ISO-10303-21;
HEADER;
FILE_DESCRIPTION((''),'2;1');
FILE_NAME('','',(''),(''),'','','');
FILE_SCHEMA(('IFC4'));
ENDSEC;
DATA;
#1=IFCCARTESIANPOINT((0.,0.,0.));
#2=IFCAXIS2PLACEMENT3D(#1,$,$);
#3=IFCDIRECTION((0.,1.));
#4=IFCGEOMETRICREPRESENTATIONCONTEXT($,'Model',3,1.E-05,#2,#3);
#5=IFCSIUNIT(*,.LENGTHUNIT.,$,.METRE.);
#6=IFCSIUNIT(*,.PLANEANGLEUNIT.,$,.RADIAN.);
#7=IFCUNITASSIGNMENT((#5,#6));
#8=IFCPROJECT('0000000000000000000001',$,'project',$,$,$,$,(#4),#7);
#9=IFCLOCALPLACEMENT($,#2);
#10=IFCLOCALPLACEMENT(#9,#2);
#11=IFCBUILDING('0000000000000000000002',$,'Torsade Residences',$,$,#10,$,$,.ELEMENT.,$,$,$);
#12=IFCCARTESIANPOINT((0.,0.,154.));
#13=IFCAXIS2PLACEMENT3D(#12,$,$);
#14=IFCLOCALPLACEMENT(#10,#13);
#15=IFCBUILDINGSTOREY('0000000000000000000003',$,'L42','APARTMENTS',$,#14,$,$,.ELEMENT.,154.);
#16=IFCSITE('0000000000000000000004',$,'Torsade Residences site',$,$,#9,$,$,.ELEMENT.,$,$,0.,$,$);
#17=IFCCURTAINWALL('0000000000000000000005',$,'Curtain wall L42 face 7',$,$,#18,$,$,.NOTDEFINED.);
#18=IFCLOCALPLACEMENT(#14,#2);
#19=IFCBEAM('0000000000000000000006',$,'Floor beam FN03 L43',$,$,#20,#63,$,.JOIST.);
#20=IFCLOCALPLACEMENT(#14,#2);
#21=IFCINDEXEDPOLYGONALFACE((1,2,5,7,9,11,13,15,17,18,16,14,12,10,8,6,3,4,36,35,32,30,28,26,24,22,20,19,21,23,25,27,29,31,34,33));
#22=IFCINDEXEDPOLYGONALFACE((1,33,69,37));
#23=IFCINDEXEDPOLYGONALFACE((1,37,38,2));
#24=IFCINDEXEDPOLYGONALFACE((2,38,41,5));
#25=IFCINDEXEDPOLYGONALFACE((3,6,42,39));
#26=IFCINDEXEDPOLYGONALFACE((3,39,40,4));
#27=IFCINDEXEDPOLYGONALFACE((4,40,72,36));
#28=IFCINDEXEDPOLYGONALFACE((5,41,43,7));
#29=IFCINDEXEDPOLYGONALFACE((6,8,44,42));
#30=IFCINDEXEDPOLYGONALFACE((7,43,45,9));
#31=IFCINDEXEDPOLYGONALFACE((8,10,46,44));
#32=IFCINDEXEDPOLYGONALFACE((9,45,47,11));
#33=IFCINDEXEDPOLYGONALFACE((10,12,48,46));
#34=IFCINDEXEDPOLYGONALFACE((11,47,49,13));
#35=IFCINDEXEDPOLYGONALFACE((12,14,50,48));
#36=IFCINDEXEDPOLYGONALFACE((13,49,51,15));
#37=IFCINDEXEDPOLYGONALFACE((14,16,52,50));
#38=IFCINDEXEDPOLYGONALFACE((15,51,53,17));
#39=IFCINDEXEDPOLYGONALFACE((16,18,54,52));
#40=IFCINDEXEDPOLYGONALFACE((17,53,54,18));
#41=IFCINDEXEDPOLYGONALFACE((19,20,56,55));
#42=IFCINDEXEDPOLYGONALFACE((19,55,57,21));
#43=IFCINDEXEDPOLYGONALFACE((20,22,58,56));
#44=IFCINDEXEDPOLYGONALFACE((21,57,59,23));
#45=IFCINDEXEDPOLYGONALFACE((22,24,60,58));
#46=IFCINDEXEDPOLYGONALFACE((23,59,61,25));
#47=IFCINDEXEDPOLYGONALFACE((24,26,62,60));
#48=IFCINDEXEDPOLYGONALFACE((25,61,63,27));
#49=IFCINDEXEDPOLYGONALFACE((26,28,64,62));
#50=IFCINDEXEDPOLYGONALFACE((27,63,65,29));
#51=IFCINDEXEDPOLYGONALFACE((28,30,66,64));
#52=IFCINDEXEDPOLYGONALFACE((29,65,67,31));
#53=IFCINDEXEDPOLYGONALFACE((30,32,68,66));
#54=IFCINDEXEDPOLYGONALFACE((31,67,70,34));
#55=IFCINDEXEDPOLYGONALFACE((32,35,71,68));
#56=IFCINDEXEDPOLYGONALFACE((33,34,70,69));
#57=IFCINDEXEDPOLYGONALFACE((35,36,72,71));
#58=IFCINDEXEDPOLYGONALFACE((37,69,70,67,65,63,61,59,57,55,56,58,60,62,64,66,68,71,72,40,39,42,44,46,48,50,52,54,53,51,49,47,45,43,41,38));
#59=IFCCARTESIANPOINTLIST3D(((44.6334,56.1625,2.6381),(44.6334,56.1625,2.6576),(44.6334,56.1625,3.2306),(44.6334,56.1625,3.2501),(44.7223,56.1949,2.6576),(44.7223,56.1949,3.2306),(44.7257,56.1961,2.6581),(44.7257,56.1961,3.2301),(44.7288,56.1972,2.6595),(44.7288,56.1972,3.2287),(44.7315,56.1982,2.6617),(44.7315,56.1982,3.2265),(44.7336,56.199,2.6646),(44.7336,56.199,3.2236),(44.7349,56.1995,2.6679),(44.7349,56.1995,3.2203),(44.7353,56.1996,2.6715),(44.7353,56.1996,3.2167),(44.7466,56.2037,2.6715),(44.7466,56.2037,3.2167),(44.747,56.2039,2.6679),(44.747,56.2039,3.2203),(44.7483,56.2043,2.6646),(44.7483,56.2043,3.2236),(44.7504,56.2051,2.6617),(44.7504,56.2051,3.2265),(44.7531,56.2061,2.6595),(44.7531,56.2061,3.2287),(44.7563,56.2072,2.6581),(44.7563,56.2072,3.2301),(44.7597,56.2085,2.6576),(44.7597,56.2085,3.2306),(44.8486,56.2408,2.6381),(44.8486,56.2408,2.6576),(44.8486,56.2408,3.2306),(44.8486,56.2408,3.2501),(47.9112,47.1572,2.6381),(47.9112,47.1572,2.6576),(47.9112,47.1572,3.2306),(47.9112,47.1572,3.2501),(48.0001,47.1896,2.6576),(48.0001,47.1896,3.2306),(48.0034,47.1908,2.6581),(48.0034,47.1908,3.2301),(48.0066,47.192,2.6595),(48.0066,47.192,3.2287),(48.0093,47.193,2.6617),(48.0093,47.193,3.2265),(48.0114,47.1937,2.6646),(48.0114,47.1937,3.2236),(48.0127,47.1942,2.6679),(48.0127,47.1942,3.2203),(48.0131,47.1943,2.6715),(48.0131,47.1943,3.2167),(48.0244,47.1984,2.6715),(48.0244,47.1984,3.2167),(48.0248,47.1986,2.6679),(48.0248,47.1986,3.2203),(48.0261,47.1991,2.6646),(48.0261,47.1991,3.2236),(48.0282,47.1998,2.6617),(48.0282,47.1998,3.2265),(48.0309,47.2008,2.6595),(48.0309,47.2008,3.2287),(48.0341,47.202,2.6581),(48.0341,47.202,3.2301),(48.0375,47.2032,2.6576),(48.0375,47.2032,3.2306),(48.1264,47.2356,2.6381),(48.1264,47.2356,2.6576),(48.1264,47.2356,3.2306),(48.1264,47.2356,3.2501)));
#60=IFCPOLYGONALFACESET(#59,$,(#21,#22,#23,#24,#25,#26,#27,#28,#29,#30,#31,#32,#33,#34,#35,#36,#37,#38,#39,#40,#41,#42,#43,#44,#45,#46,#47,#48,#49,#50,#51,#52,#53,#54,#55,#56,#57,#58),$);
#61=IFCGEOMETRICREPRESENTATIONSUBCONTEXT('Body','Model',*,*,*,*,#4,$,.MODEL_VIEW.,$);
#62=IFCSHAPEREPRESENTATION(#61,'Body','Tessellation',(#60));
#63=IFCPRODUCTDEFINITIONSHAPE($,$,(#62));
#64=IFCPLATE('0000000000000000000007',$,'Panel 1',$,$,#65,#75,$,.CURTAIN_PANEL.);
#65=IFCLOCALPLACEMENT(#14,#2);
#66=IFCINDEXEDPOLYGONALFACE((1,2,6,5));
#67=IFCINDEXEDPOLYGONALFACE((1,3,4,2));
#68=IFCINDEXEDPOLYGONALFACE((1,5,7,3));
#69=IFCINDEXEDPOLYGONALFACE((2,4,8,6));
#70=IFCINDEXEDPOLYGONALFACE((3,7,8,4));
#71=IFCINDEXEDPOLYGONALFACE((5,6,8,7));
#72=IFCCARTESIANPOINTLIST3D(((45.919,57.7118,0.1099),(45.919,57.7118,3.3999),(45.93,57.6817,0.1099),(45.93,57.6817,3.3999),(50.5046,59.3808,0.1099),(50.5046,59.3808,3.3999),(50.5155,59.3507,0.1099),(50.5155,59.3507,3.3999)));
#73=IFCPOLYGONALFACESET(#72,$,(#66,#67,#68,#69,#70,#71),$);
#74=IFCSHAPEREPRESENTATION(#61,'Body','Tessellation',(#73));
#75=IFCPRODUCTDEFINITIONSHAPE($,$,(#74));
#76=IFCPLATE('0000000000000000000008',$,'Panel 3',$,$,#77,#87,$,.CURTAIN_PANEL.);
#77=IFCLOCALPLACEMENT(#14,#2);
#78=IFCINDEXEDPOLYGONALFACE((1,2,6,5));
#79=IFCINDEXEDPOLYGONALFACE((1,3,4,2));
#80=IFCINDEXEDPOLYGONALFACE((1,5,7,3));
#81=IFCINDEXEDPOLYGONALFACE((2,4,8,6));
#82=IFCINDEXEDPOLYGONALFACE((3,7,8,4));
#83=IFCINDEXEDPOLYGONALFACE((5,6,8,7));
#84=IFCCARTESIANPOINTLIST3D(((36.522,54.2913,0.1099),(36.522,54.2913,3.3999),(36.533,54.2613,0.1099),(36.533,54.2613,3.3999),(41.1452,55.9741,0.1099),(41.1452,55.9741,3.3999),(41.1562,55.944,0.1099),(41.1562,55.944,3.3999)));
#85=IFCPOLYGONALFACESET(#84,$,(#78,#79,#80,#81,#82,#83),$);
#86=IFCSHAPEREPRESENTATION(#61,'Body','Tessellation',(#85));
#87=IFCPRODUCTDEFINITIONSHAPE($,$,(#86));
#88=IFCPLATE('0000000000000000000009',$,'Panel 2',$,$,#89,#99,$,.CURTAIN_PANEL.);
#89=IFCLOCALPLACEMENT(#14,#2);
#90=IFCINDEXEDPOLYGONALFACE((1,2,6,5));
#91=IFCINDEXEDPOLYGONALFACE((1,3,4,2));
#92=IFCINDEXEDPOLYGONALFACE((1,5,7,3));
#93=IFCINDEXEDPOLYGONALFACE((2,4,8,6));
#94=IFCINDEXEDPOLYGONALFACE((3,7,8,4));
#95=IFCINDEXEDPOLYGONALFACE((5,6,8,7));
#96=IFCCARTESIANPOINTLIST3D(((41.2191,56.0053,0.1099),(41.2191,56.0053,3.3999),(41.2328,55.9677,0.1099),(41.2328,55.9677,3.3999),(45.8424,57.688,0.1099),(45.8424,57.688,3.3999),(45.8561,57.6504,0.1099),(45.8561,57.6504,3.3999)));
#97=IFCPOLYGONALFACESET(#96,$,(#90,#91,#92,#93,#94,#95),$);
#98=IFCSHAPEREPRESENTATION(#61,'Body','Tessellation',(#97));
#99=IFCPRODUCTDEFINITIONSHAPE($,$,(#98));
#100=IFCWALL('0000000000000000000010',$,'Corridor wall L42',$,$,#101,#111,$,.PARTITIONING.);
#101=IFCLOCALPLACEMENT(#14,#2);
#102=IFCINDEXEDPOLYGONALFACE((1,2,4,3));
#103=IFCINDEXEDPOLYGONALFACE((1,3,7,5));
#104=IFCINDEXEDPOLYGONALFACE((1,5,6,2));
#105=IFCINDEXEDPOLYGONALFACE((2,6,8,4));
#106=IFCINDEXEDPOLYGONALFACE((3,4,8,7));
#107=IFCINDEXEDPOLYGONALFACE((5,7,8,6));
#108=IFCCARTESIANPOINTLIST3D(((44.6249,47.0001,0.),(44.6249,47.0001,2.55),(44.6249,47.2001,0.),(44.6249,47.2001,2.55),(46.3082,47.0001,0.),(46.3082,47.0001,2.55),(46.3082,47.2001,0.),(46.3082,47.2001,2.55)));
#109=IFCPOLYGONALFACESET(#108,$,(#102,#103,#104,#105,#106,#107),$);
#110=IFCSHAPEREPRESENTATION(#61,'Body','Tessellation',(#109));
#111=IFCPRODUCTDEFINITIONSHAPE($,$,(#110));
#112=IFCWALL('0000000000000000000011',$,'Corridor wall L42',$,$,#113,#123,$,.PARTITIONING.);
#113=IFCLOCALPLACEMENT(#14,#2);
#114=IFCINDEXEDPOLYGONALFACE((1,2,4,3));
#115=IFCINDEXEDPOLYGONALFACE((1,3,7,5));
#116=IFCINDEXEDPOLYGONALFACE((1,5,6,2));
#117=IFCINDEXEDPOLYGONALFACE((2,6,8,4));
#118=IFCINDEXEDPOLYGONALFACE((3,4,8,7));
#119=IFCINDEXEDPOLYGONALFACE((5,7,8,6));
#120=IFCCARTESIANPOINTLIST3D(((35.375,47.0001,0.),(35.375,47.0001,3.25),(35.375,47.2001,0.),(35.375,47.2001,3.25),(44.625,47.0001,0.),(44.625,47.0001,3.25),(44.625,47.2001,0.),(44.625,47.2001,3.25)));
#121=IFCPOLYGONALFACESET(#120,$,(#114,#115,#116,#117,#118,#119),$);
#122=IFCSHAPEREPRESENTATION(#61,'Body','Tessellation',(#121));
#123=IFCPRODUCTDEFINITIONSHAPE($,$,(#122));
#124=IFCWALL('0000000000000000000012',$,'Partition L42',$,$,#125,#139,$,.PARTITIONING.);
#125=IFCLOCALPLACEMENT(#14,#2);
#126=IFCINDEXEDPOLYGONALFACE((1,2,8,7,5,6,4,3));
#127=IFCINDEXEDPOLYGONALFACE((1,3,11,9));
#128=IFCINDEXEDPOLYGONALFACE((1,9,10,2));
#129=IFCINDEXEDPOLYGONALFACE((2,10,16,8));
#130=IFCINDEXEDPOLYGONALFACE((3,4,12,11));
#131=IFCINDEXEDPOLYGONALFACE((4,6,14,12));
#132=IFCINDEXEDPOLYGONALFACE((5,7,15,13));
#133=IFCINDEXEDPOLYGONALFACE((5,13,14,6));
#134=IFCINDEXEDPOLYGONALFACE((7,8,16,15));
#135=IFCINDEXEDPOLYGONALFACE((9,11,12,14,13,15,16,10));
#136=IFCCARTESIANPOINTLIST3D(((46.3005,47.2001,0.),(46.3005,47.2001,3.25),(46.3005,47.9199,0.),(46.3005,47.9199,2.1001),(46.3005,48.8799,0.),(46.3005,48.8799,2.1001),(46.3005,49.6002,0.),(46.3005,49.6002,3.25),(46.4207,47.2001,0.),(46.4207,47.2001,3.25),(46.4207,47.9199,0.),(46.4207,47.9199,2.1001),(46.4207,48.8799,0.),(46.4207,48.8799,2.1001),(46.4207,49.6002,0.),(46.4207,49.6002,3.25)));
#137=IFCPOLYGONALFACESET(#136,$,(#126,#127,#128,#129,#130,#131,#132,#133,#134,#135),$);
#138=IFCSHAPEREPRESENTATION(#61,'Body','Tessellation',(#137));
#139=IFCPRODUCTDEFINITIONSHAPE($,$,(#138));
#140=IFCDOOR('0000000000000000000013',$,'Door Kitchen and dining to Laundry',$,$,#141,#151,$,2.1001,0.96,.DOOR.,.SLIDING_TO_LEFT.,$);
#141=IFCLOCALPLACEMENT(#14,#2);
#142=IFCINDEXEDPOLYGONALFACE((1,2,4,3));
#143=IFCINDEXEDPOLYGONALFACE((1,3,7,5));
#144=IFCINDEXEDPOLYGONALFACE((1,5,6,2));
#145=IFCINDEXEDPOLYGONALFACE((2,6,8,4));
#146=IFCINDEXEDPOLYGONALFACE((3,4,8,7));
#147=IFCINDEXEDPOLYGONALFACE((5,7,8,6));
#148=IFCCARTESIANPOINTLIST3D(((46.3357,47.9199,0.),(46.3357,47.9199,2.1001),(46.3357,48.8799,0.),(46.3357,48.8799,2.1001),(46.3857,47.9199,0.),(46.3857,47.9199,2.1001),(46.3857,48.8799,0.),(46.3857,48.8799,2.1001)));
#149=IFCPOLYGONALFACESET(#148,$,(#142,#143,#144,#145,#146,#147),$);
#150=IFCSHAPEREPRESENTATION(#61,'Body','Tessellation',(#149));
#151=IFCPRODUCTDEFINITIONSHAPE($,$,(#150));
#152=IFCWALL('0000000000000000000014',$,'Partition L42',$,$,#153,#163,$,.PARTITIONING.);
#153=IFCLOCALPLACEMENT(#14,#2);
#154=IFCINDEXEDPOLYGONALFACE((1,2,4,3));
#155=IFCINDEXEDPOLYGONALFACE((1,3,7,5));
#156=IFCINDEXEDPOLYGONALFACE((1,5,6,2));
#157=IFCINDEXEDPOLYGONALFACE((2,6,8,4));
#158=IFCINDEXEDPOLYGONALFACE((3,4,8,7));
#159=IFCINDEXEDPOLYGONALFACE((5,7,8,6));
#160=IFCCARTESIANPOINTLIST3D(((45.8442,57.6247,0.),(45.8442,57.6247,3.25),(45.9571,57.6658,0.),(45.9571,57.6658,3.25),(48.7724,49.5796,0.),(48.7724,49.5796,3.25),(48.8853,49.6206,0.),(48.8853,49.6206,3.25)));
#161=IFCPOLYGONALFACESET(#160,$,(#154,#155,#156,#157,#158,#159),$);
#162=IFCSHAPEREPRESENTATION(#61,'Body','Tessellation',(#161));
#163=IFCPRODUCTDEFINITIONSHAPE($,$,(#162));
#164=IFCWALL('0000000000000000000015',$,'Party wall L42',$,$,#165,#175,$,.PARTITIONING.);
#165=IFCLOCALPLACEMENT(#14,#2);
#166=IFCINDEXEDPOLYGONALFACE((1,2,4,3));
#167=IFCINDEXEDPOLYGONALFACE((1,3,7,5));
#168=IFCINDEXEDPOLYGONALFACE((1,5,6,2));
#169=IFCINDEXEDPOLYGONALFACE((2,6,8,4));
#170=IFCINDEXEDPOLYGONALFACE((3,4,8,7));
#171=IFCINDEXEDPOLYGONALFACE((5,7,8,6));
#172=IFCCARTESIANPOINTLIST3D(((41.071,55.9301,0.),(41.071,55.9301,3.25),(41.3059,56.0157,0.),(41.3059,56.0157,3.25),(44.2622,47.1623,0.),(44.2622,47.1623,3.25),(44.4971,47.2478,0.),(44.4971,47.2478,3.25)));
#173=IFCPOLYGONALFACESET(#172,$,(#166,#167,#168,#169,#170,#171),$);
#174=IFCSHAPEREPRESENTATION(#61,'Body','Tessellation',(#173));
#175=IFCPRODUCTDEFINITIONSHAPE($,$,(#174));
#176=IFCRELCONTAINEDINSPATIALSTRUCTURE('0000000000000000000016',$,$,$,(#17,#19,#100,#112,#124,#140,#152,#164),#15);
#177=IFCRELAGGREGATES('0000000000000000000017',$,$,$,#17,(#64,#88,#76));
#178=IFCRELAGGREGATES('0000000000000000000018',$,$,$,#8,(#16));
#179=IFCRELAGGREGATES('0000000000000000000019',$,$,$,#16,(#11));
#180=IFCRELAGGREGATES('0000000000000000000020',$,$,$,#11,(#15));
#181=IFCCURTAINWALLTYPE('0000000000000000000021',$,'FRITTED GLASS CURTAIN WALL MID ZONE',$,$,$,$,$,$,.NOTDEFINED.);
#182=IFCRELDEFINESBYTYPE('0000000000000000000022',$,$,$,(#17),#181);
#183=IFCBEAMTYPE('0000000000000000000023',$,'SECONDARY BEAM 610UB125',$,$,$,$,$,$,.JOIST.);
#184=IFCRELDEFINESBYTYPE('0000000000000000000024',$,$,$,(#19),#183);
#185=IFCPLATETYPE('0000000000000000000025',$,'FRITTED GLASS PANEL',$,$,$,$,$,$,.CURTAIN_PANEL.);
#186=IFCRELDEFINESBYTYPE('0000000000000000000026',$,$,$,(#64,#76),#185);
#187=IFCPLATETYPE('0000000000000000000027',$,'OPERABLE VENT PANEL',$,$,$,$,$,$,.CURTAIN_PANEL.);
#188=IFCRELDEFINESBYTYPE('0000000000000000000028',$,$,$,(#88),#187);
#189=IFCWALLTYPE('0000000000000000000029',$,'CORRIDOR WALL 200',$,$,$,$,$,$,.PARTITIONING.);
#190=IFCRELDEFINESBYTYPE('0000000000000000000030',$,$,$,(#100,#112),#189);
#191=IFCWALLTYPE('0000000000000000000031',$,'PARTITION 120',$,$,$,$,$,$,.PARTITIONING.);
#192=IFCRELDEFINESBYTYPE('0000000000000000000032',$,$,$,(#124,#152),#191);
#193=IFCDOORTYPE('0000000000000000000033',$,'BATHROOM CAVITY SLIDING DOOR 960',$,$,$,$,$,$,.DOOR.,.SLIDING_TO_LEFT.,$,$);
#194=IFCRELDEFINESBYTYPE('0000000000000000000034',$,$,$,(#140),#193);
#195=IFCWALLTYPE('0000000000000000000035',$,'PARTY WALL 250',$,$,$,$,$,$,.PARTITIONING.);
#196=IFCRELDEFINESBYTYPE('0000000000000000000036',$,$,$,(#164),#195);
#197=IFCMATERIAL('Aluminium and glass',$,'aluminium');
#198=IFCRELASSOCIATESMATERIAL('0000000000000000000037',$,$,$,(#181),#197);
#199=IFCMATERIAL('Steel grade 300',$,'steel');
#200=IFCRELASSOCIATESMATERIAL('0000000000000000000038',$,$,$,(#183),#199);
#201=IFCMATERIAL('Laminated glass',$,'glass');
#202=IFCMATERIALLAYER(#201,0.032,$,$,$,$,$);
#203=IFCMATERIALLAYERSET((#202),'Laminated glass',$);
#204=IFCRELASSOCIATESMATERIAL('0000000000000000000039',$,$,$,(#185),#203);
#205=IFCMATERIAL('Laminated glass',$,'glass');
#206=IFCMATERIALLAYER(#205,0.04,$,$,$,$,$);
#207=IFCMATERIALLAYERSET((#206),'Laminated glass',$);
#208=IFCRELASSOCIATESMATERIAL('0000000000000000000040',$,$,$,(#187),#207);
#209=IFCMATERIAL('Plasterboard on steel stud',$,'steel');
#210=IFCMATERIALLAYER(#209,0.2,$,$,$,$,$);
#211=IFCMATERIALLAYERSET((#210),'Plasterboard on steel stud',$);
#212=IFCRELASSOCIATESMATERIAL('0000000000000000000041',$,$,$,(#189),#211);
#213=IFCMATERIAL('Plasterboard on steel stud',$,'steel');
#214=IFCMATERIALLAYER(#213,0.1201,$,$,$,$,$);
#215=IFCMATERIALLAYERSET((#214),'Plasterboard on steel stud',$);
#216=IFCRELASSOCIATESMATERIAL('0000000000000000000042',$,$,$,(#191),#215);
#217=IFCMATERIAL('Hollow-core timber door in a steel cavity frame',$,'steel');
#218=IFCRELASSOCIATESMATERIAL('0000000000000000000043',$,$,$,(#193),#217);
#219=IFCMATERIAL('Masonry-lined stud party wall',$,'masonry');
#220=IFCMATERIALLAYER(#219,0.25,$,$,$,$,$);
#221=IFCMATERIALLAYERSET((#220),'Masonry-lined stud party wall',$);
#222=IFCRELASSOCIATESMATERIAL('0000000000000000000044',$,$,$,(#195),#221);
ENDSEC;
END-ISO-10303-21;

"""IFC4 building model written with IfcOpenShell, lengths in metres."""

from ifc_helpers import new_model, si_unit, direction, frame, frame_2d, origin, origin_2d, place, context, subcontext, project, spatial, rectangle, i_section, extrude, material, layer, layer_set, material_profile, profile_set, type_object, element, fill, aggregate, save


model = new_model("IFC4")

# Units and contexts
model_context = context("Model", 3, precision=1e-05, world=origin(), true_north=direction((0.0, 1.0)))
body_context = subcontext(model_context, "Body", "Model", "MODEL_VIEW")
ifc_project = project(units=[si_unit("LENGTHUNIT", "METRE"), si_unit("PLANEANGLEUNIT", "RADIAN")], contexts=[model_context])

# Site, building, storey
site_placement = place(None, origin())
site = spatial("IfcSite", under=ifc_project, at=site_placement, Name="Torsade Residences site", CompositionType="ELEMENT", RefElevation=0.0)
building_placement = place(site_placement, origin())
building = spatial("IfcBuilding", under=site, at=building_placement, Name="Torsade Residences", CompositionType="ELEMENT")
storey_placement = place(building_placement, frame((0.0, 0.0, 154.0)))
storey = spatial("IfcBuildingStorey", under=building, at=storey_placement, Name="L42", Description="APARTMENTS", CompositionType="ELEMENT", Elevation=154.0)

# Curtain wall
ifc_material_1 = material(Name="Aluminium and glass", Category="aluminium")
curtain_wall_type = type_object("IfcCurtainWallType", Name="FRITTED GLASS CURTAIN WALL MID ZONE", PredefinedType="NOTDEFINED", material=ifc_material_1)
curtain_wall_placement = place(storey_placement, origin())
curtain_wall = element("IfcCurtainWall", 1, at=curtain_wall_placement, inside=storey, type_object=curtain_wall_type, Name="Curtain wall L42 face 7", PredefinedType="NOTDEFINED")

# Beam
ifc_material_2 = material(Name="Steel grade 300", Category="steel")
ifc_material_profile_1 = material_profile(ifc_material_2, i_section(OverallWidth=0.229, OverallDepth=0.6121, WebThickness=0.012, FlangeThickness=0.0195, FilletRadius=0.0139, at=origin_2d()), Name="610UB125")
ifc_profile_set_1 = profile_set([ifc_material_profile_1], Name="Steel grade 300")
beam_type_1 = type_object("IfcBeamType", Name="SECONDARY BEAM 610UB125", PredefinedType="JOIST", material=ifc_profile_set_1)
beam_1_placement = place(storey_placement, frame((44.741, 56.2017, 2.9441), z_axis=(0.342034, -0.939688, 0.0), x_axis=(0.939688, 0.342034, 0.0)))
element("IfcBeam", 2, at=beam_1_placement, inside=storey, type_object=beam_type_1, Name="Floor beam FN03 L43", PredefinedType="JOIST", context=body_context, shape_type="SweptSolid", body=[
    extrude(i_section(OverallWidth=0.229, OverallDepth=0.6121, WebThickness=0.012, FlangeThickness=0.0195, FilletRadius=0.0139, at=origin_2d()), origin(), (0.0, 0.0, 1.0), 9.5833),
])

# Plates
ifc_material_3 = material(Name="Laminated glass", Category="glass")
ifc_layer_1 = layer(ifc_material_3, 0.032)
ifc_layer_set_1 = layer_set([ifc_layer_1], Name="Laminated glass")
plate_type_1 = type_object("IfcPlateType", Name="FRITTED GLASS PANEL", PredefinedType="CURTAIN_PANEL", material=ifc_layer_set_1)
plate_1_placement = place(storey_placement, frame((48.2173, 58.5312, 0.1099), z_axis=(0.0, 0.0, 1.0), x_axis=(-0.939693, -0.34202, 0.0)))
plate_1 = element("IfcPlate", 3, at=plate_1_placement, type_object=plate_type_1, Name="Panel 1", PredefinedType="CURTAIN_PANEL", context=body_context, shape_type="SweptSolid", body=[
    extrude(rectangle(XDim=4.8799, YDim=0.032, at=origin_2d()), origin(), (0.0, 0.0, 1.0), 3.29),
])
plate_2_placement = place(storey_placement, frame((38.8391, 55.1177, 0.1099), z_axis=(0.0, 0.0, 1.0), x_axis=(-0.939693, -0.34202, 0.0)))
plate_2 = element("IfcPlate", 4, at=plate_2_placement, type_object=plate_type_1, Name="Panel 3", PredefinedType="CURTAIN_PANEL", context=body_context, shape_type="SweptSolid", body=[
    extrude(rectangle(XDim=4.9199, YDim=0.032, at=origin_2d()), origin(), (0.0, 0.0, 1.0), 3.29),
])
ifc_material_4 = material(Name="Laminated glass", Category="glass")
ifc_layer_2 = layer(ifc_material_4, 0.04)
ifc_layer_set_2 = layer_set([ifc_layer_2], Name="Laminated glass")
plate_type_2 = type_object("IfcPlateType", Name="OPERABLE VENT PANEL", PredefinedType="CURTAIN_PANEL", material=ifc_layer_set_2)
plate_3_placement = place(storey_placement, frame((43.5376, 56.8279, 0.1099), z_axis=(0.0, 0.0, 1.0), x_axis=(-0.939693, -0.34202, 0.0)))
plate_3 = element("IfcPlate", 5, at=plate_3_placement, type_object=plate_type_2, Name="Panel 2", PredefinedType="CURTAIN_PANEL", context=body_context, shape_type="SweptSolid", body=[
    extrude(rectangle(XDim=4.9199, YDim=0.04, at=origin_2d()), origin(), (0.0, 0.0, 1.0), 3.29),
])
aggregate(curtain_wall, [plate_1, plate_3, plate_2])

# Walls
ifc_material_5 = material(Name="Plasterboard on steel stud", Category="steel")
ifc_layer_3 = layer(ifc_material_5, 0.2)
ifc_layer_set_3 = layer_set([ifc_layer_3], Name="Plasterboard on steel stud")
wall_type_1 = type_object("IfcWallType", Name="CORRIDOR WALL 200", PredefinedType="PARTITIONING", material=ifc_layer_set_3)
wall_1_placement = place(storey_placement, frame((46.3083, 47.1001, 0.0), z_axis=(0.0, 0.0, 1.0), x_axis=(-1.0, 0.0, 0.0)))
element("IfcWall", 6, at=wall_1_placement, inside=storey, type_object=wall_type_1, Name="Corridor wall L42", PredefinedType="PARTITIONING", context=body_context, shape_type="SweptSolid", body=[
    extrude(rectangle(XDim=1.6833, YDim=0.2, at=frame_2d((0.8418, 0.0))), origin(), (0.0, 0.0, 1.0), 2.55),
])
wall_2_placement = place(storey_placement, frame((44.625, 47.1001, 0.0), z_axis=(0.0, 0.0, 1.0), x_axis=(-1.0, 0.0, 0.0)))
element("IfcWall", 7, at=wall_2_placement, inside=storey, type_object=wall_type_1, Name="Corridor wall L42", PredefinedType="PARTITIONING", context=body_context, shape_type="SweptSolid", body=[
    extrude(rectangle(XDim=9.25, YDim=0.2, at=frame_2d((4.625, 0.0))), origin(), (0.0, 0.0, 1.0), 3.25),
])

# Wall, opening, door
ifc_material_6 = material(Name="Plasterboard on steel stud", Category="steel")
ifc_layer_4 = layer(ifc_material_6, 0.1201)
ifc_layer_set_4 = layer_set([ifc_layer_4], Name="Plasterboard on steel stud")
wall_type_2 = type_object("IfcWallType", Name="PARTITION 120", PredefinedType="PARTITIONING", material=ifc_layer_set_4)
wall_3_placement = place(storey_placement, frame((46.3606, 47.2, 0.0), z_axis=(0.0, 0.0, 1.0), x_axis=(0.0, 1.0, 0.0)))
wall_3 = element("IfcWall", 8, at=wall_3_placement, inside=storey, type_object=wall_type_2, Name="Partition L42", PredefinedType="PARTITIONING", context=body_context, shape_type="SweptSolid", body=[
    extrude(rectangle(XDim=2.4001, YDim=0.1201, at=frame_2d((1.2002, 0.0))), origin(), (0.0, 0.0, 1.0), 3.25),
])
opening_placement = place(wall_3_placement, frame((0.72, 0.0, 0.0)))
opening = element("IfcOpeningElement", 9, at=opening_placement, cuts=wall_3, PredefinedType="OPENING", context=body_context, shape_type="SweptSolid", body=[
    extrude(rectangle(XDim=0.96, YDim=2.1001, at=frame_2d((0.48, 1.05))), frame((0.0, 0.0701, 0.0), z_axis=(0.0, -1.0, 0.0), x_axis=(1.0, 0.0, 0.0)), (0.0, 0.0, 1.0), 0.1401),
])
ifc_material_7 = material(Name="Hollow-core timber door in a steel cavity frame", Category="steel")
door_type = type_object("IfcDoorType", Name="BATHROOM CAVITY SLIDING DOOR 960", OperationType="SLIDING_TO_LEFT", PredefinedType="DOOR", material=ifc_material_7)
door_placement = place(opening_placement, origin())
door = element("IfcDoor", 10, at=door_placement, inside=storey, type_object=door_type, Name="Door Kitchen and dining to Laundry", OperationType="SLIDING_TO_LEFT", OverallHeight=2.1001, OverallWidth=0.96, PredefinedType="DOOR", context=body_context, shape_type="SweptSolid", body=[
    extrude(rectangle(XDim=0.96, YDim=2.1001, at=frame_2d((0.48, 1.05))), frame((0.0, 0.0249, 0.0), z_axis=(0.0, -1.0, 0.0), x_axis=(1.0, 0.0, 0.0)), (0.0, 0.0, 1.0), 0.05),
])
fill(opening, door)

# Walls
wall_4_placement = place(storey_placement, frame((48.8289, 49.6001, 0.0), z_axis=(0.0, 0.0, 1.0), x_axis=(-0.342022, 0.939692, 0.0)))
element("IfcWall", 11, at=wall_4_placement, inside=storey, type_object=wall_type_2, Name="Partition L42", PredefinedType="PARTITIONING", context=body_context, shape_type="SweptSolid", body=[
    extrude(rectangle(XDim=8.5615, YDim=0.1201, at=frame_2d((4.2808, 0.0))), origin(), (0.0, 0.0, 1.0), 3.25),
])
ifc_material_8 = material(Name="Masonry-lined stud party wall", Category="masonry")
ifc_layer_5 = layer(ifc_material_8, 0.25)
ifc_layer_set_5 = layer_set([ifc_layer_5], Name="Masonry-lined stud party wall")
wall_type_3 = type_object("IfcWallType", Name="PARTY WALL 250", PredefinedType="PARTITIONING", material=ifc_layer_set_5)
wall_5_placement = place(storey_placement, frame((41.1885, 55.9729, 0.0), z_axis=(0.0, 0.0, 1.0), x_axis=(0.342014, -0.939695, 0.0)))
element("IfcWall", 12, at=wall_5_placement, inside=storey, type_object=wall_type_3, Name="Party wall L42", PredefinedType="PARTITIONING", context=body_context, shape_type="SweptSolid", body=[
    extrude(rectangle(XDim=9.3306, YDim=0.25, at=frame_2d((4.6653, 0.0))), origin(), (0.0, 0.0, 1.0), 3.25),
])

save(model, "model.ifc")
